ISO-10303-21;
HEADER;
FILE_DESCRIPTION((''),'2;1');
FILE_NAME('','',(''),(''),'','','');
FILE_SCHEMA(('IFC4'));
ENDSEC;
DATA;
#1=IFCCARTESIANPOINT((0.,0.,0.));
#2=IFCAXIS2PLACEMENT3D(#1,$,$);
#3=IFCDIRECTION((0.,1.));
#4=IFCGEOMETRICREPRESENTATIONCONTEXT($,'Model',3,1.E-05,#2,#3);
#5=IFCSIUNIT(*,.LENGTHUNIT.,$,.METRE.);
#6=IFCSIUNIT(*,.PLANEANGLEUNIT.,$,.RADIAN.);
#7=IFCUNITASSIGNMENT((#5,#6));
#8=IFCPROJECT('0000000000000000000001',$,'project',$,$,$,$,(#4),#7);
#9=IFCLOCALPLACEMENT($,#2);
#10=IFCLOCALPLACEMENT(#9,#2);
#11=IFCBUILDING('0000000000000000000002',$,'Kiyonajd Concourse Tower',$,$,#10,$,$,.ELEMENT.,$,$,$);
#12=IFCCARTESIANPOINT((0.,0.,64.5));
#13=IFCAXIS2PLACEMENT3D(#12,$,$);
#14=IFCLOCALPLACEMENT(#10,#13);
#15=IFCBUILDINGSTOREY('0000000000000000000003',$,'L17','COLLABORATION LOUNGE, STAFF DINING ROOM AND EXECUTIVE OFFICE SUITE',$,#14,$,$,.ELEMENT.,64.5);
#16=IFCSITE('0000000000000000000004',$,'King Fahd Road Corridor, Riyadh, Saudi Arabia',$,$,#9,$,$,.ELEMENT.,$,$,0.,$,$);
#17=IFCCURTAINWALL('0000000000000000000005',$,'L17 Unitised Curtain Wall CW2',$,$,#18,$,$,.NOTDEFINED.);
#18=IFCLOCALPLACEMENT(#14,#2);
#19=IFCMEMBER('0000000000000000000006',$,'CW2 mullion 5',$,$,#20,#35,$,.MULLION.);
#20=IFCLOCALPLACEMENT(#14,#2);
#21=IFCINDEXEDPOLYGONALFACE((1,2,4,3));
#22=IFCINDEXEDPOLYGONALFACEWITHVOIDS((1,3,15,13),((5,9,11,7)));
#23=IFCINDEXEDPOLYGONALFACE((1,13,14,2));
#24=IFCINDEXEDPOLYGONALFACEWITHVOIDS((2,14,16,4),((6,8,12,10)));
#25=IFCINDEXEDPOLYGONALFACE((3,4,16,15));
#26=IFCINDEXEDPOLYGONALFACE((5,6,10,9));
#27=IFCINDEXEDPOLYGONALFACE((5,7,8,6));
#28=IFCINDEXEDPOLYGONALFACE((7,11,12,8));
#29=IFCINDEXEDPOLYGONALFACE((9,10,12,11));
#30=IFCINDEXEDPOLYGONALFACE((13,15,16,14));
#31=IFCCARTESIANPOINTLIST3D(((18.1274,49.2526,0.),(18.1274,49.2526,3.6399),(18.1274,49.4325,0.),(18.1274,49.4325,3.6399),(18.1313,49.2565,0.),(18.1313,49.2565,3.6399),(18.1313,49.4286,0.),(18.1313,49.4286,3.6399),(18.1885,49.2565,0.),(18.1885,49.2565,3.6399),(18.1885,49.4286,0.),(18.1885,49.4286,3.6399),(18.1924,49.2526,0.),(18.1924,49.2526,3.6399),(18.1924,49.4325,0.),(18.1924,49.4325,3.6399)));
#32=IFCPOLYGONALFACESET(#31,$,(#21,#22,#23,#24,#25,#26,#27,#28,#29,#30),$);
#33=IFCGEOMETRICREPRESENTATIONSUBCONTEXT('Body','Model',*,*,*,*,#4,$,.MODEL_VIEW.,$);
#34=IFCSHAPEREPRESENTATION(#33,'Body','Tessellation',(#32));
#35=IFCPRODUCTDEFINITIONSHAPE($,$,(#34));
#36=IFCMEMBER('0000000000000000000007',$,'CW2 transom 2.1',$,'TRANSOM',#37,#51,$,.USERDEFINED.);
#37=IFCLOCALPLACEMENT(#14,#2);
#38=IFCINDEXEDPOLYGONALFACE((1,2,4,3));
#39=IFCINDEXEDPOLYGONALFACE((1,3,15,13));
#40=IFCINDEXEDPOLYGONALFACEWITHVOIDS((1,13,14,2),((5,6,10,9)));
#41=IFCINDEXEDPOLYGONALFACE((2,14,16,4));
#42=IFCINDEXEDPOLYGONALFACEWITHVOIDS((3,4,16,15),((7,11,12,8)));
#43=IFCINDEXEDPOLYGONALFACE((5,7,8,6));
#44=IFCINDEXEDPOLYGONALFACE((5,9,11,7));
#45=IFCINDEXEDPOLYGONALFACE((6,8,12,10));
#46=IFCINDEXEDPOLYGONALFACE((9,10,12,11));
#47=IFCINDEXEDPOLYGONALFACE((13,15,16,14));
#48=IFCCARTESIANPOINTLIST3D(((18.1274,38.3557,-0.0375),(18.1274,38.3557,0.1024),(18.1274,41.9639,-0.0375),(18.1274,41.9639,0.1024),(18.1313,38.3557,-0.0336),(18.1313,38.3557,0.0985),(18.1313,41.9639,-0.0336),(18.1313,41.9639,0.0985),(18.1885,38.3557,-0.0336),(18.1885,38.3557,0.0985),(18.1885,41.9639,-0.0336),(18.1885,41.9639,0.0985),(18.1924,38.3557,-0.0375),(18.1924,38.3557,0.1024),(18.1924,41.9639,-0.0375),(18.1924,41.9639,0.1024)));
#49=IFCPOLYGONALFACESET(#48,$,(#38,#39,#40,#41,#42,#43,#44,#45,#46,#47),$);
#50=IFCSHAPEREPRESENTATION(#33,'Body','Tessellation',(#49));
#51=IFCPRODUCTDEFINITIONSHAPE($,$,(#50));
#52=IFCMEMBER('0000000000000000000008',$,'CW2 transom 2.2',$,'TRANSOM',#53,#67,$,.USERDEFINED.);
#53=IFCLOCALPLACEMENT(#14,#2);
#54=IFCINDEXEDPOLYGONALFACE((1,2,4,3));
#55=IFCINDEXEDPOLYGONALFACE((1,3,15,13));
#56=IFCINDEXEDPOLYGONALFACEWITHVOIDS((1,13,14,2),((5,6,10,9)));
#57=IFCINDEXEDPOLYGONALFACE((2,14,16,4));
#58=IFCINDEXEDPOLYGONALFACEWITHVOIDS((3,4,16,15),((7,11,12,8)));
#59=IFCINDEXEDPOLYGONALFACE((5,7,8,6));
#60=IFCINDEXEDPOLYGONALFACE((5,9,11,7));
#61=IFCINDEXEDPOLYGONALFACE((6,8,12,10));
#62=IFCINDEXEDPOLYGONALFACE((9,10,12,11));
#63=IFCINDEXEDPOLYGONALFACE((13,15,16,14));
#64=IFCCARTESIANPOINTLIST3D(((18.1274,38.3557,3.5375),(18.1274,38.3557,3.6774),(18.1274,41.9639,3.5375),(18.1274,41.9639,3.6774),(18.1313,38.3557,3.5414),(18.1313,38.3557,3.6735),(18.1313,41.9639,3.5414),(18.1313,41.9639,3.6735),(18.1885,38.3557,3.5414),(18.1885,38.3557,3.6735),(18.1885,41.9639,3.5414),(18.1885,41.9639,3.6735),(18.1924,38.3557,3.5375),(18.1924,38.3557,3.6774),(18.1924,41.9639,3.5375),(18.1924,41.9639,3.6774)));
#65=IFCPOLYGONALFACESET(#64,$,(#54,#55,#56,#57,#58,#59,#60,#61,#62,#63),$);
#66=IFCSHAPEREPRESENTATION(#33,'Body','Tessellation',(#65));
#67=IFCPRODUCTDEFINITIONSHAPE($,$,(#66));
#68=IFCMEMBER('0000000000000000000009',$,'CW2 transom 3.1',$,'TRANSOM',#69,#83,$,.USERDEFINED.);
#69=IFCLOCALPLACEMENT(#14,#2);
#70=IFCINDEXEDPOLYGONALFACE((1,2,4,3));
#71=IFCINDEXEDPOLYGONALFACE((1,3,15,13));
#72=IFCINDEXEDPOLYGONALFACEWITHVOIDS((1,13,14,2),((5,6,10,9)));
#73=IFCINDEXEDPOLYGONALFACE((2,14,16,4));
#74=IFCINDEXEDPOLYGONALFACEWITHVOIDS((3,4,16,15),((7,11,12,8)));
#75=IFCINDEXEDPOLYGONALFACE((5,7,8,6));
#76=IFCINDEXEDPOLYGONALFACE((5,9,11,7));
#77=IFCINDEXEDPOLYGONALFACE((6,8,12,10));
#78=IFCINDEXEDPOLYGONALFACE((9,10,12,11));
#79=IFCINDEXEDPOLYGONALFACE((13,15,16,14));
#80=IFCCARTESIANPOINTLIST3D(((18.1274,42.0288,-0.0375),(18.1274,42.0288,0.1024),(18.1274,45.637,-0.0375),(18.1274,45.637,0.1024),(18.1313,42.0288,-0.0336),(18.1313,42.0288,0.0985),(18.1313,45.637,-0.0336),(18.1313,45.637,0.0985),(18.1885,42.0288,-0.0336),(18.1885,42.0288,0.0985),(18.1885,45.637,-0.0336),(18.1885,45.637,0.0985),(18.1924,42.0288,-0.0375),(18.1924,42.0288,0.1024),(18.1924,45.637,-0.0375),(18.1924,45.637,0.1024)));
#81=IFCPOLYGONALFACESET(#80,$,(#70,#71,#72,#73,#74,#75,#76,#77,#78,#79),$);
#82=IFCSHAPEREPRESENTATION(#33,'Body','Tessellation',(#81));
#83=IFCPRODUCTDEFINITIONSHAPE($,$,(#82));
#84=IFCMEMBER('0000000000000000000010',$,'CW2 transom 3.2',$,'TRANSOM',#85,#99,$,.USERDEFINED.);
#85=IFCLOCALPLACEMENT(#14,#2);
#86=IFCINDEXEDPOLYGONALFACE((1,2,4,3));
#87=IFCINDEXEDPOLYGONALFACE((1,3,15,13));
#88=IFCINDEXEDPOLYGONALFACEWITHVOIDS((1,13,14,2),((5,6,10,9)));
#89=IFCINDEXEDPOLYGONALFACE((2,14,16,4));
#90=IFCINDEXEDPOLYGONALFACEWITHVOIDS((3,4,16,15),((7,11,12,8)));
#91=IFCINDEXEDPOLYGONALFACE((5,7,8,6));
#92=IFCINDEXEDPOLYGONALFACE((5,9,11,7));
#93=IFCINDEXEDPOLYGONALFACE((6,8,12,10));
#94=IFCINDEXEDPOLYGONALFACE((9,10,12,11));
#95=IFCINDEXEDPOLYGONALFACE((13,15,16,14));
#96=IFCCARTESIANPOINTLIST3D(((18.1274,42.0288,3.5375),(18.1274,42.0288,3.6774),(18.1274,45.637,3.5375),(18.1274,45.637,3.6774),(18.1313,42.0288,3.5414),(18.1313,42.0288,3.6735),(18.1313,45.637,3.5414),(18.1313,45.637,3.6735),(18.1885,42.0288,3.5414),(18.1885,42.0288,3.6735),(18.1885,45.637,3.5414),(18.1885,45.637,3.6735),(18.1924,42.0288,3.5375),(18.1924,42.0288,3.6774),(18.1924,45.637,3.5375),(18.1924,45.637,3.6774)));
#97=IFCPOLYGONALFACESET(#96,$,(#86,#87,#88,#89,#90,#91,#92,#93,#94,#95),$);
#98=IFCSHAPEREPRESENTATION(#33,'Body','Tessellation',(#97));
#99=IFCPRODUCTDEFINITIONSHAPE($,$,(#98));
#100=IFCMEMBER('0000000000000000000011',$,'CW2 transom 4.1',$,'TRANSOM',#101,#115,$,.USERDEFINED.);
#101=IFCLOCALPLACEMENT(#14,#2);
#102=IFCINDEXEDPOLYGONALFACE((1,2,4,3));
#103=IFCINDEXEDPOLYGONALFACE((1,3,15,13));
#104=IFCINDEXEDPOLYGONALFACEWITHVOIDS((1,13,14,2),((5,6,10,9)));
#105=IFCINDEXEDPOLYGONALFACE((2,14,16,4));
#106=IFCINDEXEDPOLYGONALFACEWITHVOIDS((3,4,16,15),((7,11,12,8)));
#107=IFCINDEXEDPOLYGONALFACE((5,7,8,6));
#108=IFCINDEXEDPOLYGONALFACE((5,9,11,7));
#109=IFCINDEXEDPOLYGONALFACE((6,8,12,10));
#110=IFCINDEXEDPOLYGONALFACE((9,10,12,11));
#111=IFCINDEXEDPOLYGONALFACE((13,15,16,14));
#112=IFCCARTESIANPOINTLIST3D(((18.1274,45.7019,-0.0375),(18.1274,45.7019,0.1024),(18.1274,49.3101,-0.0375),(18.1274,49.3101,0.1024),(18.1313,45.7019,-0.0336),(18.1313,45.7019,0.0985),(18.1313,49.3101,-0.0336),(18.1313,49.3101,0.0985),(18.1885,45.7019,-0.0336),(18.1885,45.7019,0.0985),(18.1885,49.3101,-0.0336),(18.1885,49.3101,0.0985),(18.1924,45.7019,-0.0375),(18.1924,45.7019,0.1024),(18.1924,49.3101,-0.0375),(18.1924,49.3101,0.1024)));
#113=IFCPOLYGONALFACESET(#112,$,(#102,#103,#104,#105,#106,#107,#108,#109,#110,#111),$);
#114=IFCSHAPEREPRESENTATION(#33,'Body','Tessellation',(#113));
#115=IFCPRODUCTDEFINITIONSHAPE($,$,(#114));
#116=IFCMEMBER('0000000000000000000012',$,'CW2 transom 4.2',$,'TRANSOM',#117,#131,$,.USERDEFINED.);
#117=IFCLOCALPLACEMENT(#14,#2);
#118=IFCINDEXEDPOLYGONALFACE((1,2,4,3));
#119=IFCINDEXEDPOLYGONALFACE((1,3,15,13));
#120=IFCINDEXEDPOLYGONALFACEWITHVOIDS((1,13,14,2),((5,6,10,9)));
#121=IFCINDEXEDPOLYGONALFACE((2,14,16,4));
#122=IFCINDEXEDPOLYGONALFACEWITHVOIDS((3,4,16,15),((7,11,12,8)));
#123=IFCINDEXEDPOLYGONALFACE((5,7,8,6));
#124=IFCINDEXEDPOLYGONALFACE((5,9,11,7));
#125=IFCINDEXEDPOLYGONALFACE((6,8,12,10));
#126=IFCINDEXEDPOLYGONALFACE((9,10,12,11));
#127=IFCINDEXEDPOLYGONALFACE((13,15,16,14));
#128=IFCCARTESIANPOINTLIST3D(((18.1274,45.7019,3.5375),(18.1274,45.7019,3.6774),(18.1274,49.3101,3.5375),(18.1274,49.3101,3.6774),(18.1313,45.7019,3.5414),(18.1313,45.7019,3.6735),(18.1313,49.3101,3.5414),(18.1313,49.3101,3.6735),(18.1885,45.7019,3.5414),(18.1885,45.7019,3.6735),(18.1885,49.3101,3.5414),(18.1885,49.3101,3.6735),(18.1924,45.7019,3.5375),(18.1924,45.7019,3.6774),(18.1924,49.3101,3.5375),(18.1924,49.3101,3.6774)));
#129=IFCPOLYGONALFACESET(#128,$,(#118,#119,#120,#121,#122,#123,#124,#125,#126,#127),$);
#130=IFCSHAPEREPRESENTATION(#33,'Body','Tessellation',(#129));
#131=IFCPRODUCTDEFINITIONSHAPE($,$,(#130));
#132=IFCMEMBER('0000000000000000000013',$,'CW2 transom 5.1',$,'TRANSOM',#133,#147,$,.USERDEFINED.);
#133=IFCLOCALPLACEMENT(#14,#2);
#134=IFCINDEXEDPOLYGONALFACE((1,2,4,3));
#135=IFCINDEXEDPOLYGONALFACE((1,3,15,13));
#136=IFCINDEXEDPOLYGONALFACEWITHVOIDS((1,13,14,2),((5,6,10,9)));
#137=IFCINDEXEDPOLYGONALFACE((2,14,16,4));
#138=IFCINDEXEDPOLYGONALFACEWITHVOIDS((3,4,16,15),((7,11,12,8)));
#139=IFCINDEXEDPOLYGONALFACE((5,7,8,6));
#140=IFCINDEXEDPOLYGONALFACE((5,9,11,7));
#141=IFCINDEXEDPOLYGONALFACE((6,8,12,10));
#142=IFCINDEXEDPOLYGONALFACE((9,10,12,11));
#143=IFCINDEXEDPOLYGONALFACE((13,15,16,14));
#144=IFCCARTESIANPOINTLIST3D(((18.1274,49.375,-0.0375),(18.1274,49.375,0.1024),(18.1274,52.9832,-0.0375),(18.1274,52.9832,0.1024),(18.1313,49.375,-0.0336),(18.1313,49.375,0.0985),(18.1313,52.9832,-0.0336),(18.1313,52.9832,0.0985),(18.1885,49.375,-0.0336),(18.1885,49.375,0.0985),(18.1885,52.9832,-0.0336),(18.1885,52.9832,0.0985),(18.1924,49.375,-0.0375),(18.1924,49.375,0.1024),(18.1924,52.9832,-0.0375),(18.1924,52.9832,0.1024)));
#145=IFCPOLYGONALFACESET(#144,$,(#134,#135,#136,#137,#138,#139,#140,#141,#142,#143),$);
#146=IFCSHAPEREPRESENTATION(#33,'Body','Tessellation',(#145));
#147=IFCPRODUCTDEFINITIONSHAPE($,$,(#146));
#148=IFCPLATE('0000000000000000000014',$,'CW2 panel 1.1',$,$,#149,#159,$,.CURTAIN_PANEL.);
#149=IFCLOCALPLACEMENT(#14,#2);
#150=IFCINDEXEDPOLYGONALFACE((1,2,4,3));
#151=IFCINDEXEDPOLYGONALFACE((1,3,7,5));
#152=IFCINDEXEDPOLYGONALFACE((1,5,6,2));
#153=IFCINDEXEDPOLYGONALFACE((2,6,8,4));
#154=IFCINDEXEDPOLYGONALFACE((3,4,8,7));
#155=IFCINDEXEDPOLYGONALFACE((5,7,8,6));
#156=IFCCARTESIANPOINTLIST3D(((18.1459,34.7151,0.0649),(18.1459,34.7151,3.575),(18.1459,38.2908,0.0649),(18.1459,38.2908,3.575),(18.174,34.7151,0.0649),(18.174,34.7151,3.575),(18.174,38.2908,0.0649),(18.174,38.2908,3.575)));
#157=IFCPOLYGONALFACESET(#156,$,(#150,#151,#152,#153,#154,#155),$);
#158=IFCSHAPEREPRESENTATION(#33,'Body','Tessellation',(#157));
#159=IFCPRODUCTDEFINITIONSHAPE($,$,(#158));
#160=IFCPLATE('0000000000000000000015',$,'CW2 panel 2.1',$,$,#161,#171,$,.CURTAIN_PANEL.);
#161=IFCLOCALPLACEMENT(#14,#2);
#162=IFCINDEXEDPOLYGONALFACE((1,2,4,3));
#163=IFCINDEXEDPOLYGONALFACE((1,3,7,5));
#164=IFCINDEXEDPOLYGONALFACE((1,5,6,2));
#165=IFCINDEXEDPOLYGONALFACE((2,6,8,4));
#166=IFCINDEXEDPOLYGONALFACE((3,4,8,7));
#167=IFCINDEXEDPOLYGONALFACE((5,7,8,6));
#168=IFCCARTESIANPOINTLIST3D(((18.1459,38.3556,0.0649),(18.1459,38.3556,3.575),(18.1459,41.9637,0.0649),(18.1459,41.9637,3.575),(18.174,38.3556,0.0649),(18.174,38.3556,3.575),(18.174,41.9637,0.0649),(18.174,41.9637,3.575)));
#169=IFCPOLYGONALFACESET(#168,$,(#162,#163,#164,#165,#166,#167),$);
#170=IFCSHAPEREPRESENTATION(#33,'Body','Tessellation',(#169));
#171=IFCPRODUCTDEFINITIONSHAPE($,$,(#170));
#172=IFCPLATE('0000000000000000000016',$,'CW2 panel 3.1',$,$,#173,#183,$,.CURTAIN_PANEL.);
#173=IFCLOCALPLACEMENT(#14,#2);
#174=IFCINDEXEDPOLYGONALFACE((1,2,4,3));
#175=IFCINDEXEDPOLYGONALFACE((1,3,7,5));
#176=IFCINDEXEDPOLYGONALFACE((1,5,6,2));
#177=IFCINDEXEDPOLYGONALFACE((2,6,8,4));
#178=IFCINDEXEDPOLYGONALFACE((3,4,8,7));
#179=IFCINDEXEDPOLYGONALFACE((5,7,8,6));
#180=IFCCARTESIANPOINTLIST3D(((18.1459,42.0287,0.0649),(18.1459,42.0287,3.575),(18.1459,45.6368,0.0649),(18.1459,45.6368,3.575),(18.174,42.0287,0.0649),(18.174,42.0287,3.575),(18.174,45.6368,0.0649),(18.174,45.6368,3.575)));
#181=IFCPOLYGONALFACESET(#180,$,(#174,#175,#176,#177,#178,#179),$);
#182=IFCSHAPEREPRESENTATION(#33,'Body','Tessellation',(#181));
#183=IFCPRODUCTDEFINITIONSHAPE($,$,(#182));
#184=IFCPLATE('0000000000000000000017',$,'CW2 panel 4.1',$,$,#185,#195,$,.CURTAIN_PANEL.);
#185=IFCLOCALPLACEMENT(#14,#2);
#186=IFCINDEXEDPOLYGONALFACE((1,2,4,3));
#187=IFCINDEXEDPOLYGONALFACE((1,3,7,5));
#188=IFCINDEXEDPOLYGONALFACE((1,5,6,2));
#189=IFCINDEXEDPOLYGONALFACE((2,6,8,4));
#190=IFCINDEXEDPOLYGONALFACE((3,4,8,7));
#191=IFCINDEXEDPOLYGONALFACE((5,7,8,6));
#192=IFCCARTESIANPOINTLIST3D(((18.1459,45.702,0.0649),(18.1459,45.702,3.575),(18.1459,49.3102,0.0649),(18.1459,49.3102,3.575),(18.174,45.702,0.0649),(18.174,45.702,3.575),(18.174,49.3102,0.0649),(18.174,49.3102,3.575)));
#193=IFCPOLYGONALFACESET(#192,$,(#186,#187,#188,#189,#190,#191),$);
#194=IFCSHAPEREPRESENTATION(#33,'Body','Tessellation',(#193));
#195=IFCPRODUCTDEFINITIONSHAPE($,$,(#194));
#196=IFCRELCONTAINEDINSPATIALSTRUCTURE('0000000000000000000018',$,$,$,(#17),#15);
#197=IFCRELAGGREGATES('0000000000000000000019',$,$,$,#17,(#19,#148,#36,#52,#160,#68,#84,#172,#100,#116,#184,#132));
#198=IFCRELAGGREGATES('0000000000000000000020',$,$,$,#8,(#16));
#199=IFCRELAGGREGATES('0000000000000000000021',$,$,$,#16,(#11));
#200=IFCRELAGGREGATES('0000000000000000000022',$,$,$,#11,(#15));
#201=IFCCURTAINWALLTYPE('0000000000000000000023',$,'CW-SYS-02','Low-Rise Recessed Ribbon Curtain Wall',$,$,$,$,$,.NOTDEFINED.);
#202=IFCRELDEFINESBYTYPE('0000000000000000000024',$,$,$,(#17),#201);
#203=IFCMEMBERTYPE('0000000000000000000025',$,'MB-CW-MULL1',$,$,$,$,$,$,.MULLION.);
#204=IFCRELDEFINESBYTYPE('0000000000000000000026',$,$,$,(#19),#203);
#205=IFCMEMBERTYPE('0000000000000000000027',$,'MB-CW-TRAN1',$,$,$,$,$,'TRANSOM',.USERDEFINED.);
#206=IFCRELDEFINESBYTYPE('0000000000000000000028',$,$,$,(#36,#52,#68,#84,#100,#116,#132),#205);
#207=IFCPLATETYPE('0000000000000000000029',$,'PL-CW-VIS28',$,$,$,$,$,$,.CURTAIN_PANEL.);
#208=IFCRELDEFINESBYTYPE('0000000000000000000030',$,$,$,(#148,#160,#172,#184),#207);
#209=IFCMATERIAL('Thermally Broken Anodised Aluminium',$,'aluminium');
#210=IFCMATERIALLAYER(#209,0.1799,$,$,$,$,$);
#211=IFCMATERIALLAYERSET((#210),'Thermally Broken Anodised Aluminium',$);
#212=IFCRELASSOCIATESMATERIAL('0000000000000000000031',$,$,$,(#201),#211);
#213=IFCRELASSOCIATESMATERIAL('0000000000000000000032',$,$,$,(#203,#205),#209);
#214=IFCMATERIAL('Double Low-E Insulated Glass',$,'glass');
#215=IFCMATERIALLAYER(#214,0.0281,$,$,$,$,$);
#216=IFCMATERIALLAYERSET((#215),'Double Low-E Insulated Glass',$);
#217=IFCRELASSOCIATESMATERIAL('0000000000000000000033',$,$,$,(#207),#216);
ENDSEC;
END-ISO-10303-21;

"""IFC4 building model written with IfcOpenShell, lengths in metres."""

from ifc_helpers import new_model, si_unit, direction, frame, origin, origin_2d, place, context, subcontext, project, spatial, rectangle, hollow_rectangle, extrude, material, layer, layer_set, material_profile, profile_set, type_object, element, aggregate, save


model = new_model("IFC4")

# Units and contexts
model_context = context("Model", 3, precision=1e-05, world=origin(), true_north=direction((0.0, 1.0)))
body_context = subcontext(model_context, "Body", "Model", "MODEL_VIEW")
ifc_project = project(units=[si_unit("LENGTHUNIT", "METRE"), si_unit("PLANEANGLEUNIT", "RADIAN")], contexts=[model_context])

# Site, building, storey
site_placement = place(None, origin())
site = spatial("IfcSite", under=ifc_project, at=site_placement, Name="King Fahd Road Corridor, Riyadh, Saudi Arabia", CompositionType="ELEMENT", RefElevation=0.0)
building_placement = place(site_placement, origin())
building = spatial("IfcBuilding", under=site, at=building_placement, Name="Kiyonajd Concourse Tower", CompositionType="ELEMENT")
storey_placement = place(building_placement, frame((0.0, 0.0, 64.5)))
storey = spatial("IfcBuildingStorey", under=building, at=storey_placement, Name="L17", Description="COLLABORATION LOUNGE, STAFF DINING ROOM AND EXECUTIVE OFFICE SUITE", CompositionType="ELEMENT", Elevation=64.5)

# Curtain wall, members, plates
ifc_material_1 = material(Name="Thermally Broken Anodised Aluminium", Category="aluminium")
ifc_layer_1 = layer(ifc_material_1, 0.1799)
ifc_layer_set_1 = layer_set([ifc_layer_1], Name="Thermally Broken Anodised Aluminium")
curtain_wall_type = type_object("IfcCurtainWallType", Name="CW-SYS-02", Description="Low-Rise Recessed Ribbon Curtain Wall", PredefinedType="NOTDEFINED", material=ifc_layer_set_1)
curtain_wall_placement = place(storey_placement, origin())
curtain_wall = element("IfcCurtainWall", 1, at=curtain_wall_placement, inside=storey, type_object=curtain_wall_type, Name="L17 Unitised Curtain Wall CW2", PredefinedType="NOTDEFINED")
ifc_material_profile_1 = material_profile(ifc_material_1, hollow_rectangle(XDim=0.0649, YDim=0.1799, WallThickness=0.0039, at=origin_2d()), Name="MULL-65x180")
ifc_profile_set_1 = profile_set([ifc_material_profile_1], Name="Thermally Broken Anodised Aluminium")
member_type_1 = type_object("IfcMemberType", Name="MB-CW-MULL1", PredefinedType="MULLION", material=ifc_profile_set_1)
member_1_placement = place(storey_placement, frame((18.1599, 49.3425, 0.0), z_axis=(0.0, 0.0, 1.0), x_axis=(-1.0, 0.0, 0.0)))
member_1 = element("IfcMember", 2, at=member_1_placement, type_object=member_type_1, Name="CW2 mullion 5", PredefinedType="MULLION", context=body_context, shape_type="SweptSolid", body=[
    extrude(hollow_rectangle(XDim=0.0649, YDim=0.1799, WallThickness=0.0039, at=origin_2d()), origin(), (0.0, 0.0, 1.0), 3.6399),
])
ifc_material_profile_2 = material_profile(ifc_material_1, hollow_rectangle(XDim=0.0649, YDim=0.1399, WallThickness=0.0039, at=origin_2d()), Name="TRAN-65x140")
ifc_profile_set_2 = profile_set([ifc_material_profile_2], Name="Thermally Broken Anodised Aluminium")
member_type_2 = type_object("IfcMemberType", Name="MB-CW-TRAN1", ElementType="TRANSOM", PredefinedType="USERDEFINED", material=ifc_profile_set_2)
member_2_placement = place(storey_placement, frame((18.1599, 38.3557, 0.0325), z_axis=(0.0, 1.0, 0.0), x_axis=(-1.0, 0.0, 0.0)))
member_2 = element("IfcMember", 3, at=member_2_placement, type_object=member_type_2, Name="CW2 transom 2.1", ObjectType="TRANSOM", PredefinedType="USERDEFINED", context=body_context, shape_type="SweptSolid", body=[
    extrude(hollow_rectangle(XDim=0.0649, YDim=0.1399, WallThickness=0.0039, at=origin_2d()), origin(), (0.0, 0.0, 1.0), 3.6082),
])
member_3_placement = place(storey_placement, frame((18.1599, 38.3557, 3.6074), z_axis=(0.0, 1.0, 0.0), x_axis=(-1.0, 0.0, 0.0)))
member_3 = element("IfcMember", 4, at=member_3_placement, type_object=member_type_2, Name="CW2 transom 2.2", ObjectType="TRANSOM", PredefinedType="USERDEFINED", context=body_context, shape_type="SweptSolid", body=[
    extrude(hollow_rectangle(XDim=0.0649, YDim=0.1399, WallThickness=0.0039, at=origin_2d()), origin(), (0.0, 0.0, 1.0), 3.6082),
])
member_4_placement = place(storey_placement, frame((18.1599, 42.0288, 0.0325), z_axis=(0.0, 1.0, 0.0), x_axis=(-1.0, 0.0, 0.0)))
member_4 = element("IfcMember", 5, at=member_4_placement, type_object=member_type_2, Name="CW2 transom 3.1", ObjectType="TRANSOM", PredefinedType="USERDEFINED", context=body_context, shape_type="SweptSolid", body=[
    extrude(hollow_rectangle(XDim=0.0649, YDim=0.1399, WallThickness=0.0039, at=origin_2d()), origin(), (0.0, 0.0, 1.0), 3.6082),
])
member_5_placement = place(storey_placement, frame((18.1599, 42.0288, 3.6074), z_axis=(0.0, 1.0, 0.0), x_axis=(-1.0, 0.0, 0.0)))
member_5 = element("IfcMember", 6, at=member_5_placement, type_object=member_type_2, Name="CW2 transom 3.2", ObjectType="TRANSOM", PredefinedType="USERDEFINED", context=body_context, shape_type="SweptSolid", body=[
    extrude(hollow_rectangle(XDim=0.0649, YDim=0.1399, WallThickness=0.0039, at=origin_2d()), origin(), (0.0, 0.0, 1.0), 3.6082),
])
member_6_placement = place(storey_placement, frame((18.1599, 45.7019, 0.0325), z_axis=(0.0, 1.0, 0.0), x_axis=(-1.0, 0.0, 0.0)))
member_6 = element("IfcMember", 7, at=member_6_placement, type_object=member_type_2, Name="CW2 transom 4.1", ObjectType="TRANSOM", PredefinedType="USERDEFINED", context=body_context, shape_type="SweptSolid", body=[
    extrude(hollow_rectangle(XDim=0.0649, YDim=0.1399, WallThickness=0.0039, at=origin_2d()), origin(), (0.0, 0.0, 1.0), 3.6082),
])
member_7_placement = place(storey_placement, frame((18.1599, 45.7019, 3.6074), z_axis=(0.0, 1.0, 0.0), x_axis=(-1.0, 0.0, 0.0)))
member_7 = element("IfcMember", 8, at=member_7_placement, type_object=member_type_2, Name="CW2 transom 4.2", ObjectType="TRANSOM", PredefinedType="USERDEFINED", context=body_context, shape_type="SweptSolid", body=[
    extrude(hollow_rectangle(XDim=0.0649, YDim=0.1399, WallThickness=0.0039, at=origin_2d()), origin(), (0.0, 0.0, 1.0), 3.6082),
])
member_8_placement = place(storey_placement, frame((18.1599, 49.375, 0.0325), z_axis=(0.0, 1.0, 0.0), x_axis=(-1.0, 0.0, 0.0)))
member_8 = element("IfcMember", 9, at=member_8_placement, type_object=member_type_2, Name="CW2 transom 5.1", ObjectType="TRANSOM", PredefinedType="USERDEFINED", context=body_context, shape_type="SweptSolid", body=[
    extrude(hollow_rectangle(XDim=0.0649, YDim=0.1399, WallThickness=0.0039, at=origin_2d()), origin(), (0.0, 0.0, 1.0), 3.6082),
])
ifc_material_2 = material(Name="Double Low-E Insulated Glass", Category="glass")
ifc_layer_2 = layer(ifc_material_2, 0.0281)
ifc_layer_set_2 = layer_set([ifc_layer_2], Name="Double Low-E Insulated Glass")
plate_type = type_object("IfcPlateType", Name="PL-CW-VIS28", PredefinedType="CURTAIN_PANEL", material=ifc_layer_set_2)
plate_1_placement = place(storey_placement, frame((18.1599, 36.5029, 0.0649), z_axis=(0.0, 0.0, 1.0), x_axis=(0.0, 1.0, 0.0)))
plate_1 = element("IfcPlate", 10, at=plate_1_placement, type_object=plate_type, Name="CW2 panel 1.1", PredefinedType="CURTAIN_PANEL", context=body_context, shape_type="SweptSolid", body=[
    extrude(rectangle(XDim=3.5757, YDim=0.0281, at=origin_2d()), origin(), (0.0, 0.0, 1.0), 3.51),
])
plate_2_placement = place(storey_placement, frame((18.1599, 40.1597, 0.0649), z_axis=(0.0, 0.0, 1.0), x_axis=(0.0, 1.0, 0.0)))
plate_2 = element("IfcPlate", 11, at=plate_2_placement, type_object=plate_type, Name="CW2 panel 2.1", PredefinedType="CURTAIN_PANEL", context=body_context, shape_type="SweptSolid", body=[
    extrude(rectangle(XDim=3.6082, YDim=0.0281, at=origin_2d()), origin(), (0.0, 0.0, 1.0), 3.51),
])
plate_3_placement = place(storey_placement, frame((18.1599, 43.8328, 0.0649), z_axis=(0.0, 0.0, 1.0), x_axis=(0.0, 1.0, 0.0)))
plate_3 = element("IfcPlate", 12, at=plate_3_placement, type_object=plate_type, Name="CW2 panel 3.1", PredefinedType="CURTAIN_PANEL", context=body_context, shape_type="SweptSolid", body=[
    extrude(rectangle(XDim=3.6082, YDim=0.0281, at=origin_2d()), origin(), (0.0, 0.0, 1.0), 3.51),
])
plate_4_placement = place(storey_placement, frame((18.1599, 47.5061, 0.0649), z_axis=(0.0, 0.0, 1.0), x_axis=(0.0, 1.0, 0.0)))
plate_4 = element("IfcPlate", 13, at=plate_4_placement, type_object=plate_type, Name="CW2 panel 4.1", PredefinedType="CURTAIN_PANEL", context=body_context, shape_type="SweptSolid", body=[
    extrude(rectangle(XDim=3.6082, YDim=0.0281, at=origin_2d()), origin(), (0.0, 0.0, 1.0), 3.51),
])
aggregate(curtain_wall, [member_1, plate_1, member_2, member_3, plate_2, member_4, member_5, plate_3, member_6, member_7, plate_4, member_8])

save(model, "model.ifc")
